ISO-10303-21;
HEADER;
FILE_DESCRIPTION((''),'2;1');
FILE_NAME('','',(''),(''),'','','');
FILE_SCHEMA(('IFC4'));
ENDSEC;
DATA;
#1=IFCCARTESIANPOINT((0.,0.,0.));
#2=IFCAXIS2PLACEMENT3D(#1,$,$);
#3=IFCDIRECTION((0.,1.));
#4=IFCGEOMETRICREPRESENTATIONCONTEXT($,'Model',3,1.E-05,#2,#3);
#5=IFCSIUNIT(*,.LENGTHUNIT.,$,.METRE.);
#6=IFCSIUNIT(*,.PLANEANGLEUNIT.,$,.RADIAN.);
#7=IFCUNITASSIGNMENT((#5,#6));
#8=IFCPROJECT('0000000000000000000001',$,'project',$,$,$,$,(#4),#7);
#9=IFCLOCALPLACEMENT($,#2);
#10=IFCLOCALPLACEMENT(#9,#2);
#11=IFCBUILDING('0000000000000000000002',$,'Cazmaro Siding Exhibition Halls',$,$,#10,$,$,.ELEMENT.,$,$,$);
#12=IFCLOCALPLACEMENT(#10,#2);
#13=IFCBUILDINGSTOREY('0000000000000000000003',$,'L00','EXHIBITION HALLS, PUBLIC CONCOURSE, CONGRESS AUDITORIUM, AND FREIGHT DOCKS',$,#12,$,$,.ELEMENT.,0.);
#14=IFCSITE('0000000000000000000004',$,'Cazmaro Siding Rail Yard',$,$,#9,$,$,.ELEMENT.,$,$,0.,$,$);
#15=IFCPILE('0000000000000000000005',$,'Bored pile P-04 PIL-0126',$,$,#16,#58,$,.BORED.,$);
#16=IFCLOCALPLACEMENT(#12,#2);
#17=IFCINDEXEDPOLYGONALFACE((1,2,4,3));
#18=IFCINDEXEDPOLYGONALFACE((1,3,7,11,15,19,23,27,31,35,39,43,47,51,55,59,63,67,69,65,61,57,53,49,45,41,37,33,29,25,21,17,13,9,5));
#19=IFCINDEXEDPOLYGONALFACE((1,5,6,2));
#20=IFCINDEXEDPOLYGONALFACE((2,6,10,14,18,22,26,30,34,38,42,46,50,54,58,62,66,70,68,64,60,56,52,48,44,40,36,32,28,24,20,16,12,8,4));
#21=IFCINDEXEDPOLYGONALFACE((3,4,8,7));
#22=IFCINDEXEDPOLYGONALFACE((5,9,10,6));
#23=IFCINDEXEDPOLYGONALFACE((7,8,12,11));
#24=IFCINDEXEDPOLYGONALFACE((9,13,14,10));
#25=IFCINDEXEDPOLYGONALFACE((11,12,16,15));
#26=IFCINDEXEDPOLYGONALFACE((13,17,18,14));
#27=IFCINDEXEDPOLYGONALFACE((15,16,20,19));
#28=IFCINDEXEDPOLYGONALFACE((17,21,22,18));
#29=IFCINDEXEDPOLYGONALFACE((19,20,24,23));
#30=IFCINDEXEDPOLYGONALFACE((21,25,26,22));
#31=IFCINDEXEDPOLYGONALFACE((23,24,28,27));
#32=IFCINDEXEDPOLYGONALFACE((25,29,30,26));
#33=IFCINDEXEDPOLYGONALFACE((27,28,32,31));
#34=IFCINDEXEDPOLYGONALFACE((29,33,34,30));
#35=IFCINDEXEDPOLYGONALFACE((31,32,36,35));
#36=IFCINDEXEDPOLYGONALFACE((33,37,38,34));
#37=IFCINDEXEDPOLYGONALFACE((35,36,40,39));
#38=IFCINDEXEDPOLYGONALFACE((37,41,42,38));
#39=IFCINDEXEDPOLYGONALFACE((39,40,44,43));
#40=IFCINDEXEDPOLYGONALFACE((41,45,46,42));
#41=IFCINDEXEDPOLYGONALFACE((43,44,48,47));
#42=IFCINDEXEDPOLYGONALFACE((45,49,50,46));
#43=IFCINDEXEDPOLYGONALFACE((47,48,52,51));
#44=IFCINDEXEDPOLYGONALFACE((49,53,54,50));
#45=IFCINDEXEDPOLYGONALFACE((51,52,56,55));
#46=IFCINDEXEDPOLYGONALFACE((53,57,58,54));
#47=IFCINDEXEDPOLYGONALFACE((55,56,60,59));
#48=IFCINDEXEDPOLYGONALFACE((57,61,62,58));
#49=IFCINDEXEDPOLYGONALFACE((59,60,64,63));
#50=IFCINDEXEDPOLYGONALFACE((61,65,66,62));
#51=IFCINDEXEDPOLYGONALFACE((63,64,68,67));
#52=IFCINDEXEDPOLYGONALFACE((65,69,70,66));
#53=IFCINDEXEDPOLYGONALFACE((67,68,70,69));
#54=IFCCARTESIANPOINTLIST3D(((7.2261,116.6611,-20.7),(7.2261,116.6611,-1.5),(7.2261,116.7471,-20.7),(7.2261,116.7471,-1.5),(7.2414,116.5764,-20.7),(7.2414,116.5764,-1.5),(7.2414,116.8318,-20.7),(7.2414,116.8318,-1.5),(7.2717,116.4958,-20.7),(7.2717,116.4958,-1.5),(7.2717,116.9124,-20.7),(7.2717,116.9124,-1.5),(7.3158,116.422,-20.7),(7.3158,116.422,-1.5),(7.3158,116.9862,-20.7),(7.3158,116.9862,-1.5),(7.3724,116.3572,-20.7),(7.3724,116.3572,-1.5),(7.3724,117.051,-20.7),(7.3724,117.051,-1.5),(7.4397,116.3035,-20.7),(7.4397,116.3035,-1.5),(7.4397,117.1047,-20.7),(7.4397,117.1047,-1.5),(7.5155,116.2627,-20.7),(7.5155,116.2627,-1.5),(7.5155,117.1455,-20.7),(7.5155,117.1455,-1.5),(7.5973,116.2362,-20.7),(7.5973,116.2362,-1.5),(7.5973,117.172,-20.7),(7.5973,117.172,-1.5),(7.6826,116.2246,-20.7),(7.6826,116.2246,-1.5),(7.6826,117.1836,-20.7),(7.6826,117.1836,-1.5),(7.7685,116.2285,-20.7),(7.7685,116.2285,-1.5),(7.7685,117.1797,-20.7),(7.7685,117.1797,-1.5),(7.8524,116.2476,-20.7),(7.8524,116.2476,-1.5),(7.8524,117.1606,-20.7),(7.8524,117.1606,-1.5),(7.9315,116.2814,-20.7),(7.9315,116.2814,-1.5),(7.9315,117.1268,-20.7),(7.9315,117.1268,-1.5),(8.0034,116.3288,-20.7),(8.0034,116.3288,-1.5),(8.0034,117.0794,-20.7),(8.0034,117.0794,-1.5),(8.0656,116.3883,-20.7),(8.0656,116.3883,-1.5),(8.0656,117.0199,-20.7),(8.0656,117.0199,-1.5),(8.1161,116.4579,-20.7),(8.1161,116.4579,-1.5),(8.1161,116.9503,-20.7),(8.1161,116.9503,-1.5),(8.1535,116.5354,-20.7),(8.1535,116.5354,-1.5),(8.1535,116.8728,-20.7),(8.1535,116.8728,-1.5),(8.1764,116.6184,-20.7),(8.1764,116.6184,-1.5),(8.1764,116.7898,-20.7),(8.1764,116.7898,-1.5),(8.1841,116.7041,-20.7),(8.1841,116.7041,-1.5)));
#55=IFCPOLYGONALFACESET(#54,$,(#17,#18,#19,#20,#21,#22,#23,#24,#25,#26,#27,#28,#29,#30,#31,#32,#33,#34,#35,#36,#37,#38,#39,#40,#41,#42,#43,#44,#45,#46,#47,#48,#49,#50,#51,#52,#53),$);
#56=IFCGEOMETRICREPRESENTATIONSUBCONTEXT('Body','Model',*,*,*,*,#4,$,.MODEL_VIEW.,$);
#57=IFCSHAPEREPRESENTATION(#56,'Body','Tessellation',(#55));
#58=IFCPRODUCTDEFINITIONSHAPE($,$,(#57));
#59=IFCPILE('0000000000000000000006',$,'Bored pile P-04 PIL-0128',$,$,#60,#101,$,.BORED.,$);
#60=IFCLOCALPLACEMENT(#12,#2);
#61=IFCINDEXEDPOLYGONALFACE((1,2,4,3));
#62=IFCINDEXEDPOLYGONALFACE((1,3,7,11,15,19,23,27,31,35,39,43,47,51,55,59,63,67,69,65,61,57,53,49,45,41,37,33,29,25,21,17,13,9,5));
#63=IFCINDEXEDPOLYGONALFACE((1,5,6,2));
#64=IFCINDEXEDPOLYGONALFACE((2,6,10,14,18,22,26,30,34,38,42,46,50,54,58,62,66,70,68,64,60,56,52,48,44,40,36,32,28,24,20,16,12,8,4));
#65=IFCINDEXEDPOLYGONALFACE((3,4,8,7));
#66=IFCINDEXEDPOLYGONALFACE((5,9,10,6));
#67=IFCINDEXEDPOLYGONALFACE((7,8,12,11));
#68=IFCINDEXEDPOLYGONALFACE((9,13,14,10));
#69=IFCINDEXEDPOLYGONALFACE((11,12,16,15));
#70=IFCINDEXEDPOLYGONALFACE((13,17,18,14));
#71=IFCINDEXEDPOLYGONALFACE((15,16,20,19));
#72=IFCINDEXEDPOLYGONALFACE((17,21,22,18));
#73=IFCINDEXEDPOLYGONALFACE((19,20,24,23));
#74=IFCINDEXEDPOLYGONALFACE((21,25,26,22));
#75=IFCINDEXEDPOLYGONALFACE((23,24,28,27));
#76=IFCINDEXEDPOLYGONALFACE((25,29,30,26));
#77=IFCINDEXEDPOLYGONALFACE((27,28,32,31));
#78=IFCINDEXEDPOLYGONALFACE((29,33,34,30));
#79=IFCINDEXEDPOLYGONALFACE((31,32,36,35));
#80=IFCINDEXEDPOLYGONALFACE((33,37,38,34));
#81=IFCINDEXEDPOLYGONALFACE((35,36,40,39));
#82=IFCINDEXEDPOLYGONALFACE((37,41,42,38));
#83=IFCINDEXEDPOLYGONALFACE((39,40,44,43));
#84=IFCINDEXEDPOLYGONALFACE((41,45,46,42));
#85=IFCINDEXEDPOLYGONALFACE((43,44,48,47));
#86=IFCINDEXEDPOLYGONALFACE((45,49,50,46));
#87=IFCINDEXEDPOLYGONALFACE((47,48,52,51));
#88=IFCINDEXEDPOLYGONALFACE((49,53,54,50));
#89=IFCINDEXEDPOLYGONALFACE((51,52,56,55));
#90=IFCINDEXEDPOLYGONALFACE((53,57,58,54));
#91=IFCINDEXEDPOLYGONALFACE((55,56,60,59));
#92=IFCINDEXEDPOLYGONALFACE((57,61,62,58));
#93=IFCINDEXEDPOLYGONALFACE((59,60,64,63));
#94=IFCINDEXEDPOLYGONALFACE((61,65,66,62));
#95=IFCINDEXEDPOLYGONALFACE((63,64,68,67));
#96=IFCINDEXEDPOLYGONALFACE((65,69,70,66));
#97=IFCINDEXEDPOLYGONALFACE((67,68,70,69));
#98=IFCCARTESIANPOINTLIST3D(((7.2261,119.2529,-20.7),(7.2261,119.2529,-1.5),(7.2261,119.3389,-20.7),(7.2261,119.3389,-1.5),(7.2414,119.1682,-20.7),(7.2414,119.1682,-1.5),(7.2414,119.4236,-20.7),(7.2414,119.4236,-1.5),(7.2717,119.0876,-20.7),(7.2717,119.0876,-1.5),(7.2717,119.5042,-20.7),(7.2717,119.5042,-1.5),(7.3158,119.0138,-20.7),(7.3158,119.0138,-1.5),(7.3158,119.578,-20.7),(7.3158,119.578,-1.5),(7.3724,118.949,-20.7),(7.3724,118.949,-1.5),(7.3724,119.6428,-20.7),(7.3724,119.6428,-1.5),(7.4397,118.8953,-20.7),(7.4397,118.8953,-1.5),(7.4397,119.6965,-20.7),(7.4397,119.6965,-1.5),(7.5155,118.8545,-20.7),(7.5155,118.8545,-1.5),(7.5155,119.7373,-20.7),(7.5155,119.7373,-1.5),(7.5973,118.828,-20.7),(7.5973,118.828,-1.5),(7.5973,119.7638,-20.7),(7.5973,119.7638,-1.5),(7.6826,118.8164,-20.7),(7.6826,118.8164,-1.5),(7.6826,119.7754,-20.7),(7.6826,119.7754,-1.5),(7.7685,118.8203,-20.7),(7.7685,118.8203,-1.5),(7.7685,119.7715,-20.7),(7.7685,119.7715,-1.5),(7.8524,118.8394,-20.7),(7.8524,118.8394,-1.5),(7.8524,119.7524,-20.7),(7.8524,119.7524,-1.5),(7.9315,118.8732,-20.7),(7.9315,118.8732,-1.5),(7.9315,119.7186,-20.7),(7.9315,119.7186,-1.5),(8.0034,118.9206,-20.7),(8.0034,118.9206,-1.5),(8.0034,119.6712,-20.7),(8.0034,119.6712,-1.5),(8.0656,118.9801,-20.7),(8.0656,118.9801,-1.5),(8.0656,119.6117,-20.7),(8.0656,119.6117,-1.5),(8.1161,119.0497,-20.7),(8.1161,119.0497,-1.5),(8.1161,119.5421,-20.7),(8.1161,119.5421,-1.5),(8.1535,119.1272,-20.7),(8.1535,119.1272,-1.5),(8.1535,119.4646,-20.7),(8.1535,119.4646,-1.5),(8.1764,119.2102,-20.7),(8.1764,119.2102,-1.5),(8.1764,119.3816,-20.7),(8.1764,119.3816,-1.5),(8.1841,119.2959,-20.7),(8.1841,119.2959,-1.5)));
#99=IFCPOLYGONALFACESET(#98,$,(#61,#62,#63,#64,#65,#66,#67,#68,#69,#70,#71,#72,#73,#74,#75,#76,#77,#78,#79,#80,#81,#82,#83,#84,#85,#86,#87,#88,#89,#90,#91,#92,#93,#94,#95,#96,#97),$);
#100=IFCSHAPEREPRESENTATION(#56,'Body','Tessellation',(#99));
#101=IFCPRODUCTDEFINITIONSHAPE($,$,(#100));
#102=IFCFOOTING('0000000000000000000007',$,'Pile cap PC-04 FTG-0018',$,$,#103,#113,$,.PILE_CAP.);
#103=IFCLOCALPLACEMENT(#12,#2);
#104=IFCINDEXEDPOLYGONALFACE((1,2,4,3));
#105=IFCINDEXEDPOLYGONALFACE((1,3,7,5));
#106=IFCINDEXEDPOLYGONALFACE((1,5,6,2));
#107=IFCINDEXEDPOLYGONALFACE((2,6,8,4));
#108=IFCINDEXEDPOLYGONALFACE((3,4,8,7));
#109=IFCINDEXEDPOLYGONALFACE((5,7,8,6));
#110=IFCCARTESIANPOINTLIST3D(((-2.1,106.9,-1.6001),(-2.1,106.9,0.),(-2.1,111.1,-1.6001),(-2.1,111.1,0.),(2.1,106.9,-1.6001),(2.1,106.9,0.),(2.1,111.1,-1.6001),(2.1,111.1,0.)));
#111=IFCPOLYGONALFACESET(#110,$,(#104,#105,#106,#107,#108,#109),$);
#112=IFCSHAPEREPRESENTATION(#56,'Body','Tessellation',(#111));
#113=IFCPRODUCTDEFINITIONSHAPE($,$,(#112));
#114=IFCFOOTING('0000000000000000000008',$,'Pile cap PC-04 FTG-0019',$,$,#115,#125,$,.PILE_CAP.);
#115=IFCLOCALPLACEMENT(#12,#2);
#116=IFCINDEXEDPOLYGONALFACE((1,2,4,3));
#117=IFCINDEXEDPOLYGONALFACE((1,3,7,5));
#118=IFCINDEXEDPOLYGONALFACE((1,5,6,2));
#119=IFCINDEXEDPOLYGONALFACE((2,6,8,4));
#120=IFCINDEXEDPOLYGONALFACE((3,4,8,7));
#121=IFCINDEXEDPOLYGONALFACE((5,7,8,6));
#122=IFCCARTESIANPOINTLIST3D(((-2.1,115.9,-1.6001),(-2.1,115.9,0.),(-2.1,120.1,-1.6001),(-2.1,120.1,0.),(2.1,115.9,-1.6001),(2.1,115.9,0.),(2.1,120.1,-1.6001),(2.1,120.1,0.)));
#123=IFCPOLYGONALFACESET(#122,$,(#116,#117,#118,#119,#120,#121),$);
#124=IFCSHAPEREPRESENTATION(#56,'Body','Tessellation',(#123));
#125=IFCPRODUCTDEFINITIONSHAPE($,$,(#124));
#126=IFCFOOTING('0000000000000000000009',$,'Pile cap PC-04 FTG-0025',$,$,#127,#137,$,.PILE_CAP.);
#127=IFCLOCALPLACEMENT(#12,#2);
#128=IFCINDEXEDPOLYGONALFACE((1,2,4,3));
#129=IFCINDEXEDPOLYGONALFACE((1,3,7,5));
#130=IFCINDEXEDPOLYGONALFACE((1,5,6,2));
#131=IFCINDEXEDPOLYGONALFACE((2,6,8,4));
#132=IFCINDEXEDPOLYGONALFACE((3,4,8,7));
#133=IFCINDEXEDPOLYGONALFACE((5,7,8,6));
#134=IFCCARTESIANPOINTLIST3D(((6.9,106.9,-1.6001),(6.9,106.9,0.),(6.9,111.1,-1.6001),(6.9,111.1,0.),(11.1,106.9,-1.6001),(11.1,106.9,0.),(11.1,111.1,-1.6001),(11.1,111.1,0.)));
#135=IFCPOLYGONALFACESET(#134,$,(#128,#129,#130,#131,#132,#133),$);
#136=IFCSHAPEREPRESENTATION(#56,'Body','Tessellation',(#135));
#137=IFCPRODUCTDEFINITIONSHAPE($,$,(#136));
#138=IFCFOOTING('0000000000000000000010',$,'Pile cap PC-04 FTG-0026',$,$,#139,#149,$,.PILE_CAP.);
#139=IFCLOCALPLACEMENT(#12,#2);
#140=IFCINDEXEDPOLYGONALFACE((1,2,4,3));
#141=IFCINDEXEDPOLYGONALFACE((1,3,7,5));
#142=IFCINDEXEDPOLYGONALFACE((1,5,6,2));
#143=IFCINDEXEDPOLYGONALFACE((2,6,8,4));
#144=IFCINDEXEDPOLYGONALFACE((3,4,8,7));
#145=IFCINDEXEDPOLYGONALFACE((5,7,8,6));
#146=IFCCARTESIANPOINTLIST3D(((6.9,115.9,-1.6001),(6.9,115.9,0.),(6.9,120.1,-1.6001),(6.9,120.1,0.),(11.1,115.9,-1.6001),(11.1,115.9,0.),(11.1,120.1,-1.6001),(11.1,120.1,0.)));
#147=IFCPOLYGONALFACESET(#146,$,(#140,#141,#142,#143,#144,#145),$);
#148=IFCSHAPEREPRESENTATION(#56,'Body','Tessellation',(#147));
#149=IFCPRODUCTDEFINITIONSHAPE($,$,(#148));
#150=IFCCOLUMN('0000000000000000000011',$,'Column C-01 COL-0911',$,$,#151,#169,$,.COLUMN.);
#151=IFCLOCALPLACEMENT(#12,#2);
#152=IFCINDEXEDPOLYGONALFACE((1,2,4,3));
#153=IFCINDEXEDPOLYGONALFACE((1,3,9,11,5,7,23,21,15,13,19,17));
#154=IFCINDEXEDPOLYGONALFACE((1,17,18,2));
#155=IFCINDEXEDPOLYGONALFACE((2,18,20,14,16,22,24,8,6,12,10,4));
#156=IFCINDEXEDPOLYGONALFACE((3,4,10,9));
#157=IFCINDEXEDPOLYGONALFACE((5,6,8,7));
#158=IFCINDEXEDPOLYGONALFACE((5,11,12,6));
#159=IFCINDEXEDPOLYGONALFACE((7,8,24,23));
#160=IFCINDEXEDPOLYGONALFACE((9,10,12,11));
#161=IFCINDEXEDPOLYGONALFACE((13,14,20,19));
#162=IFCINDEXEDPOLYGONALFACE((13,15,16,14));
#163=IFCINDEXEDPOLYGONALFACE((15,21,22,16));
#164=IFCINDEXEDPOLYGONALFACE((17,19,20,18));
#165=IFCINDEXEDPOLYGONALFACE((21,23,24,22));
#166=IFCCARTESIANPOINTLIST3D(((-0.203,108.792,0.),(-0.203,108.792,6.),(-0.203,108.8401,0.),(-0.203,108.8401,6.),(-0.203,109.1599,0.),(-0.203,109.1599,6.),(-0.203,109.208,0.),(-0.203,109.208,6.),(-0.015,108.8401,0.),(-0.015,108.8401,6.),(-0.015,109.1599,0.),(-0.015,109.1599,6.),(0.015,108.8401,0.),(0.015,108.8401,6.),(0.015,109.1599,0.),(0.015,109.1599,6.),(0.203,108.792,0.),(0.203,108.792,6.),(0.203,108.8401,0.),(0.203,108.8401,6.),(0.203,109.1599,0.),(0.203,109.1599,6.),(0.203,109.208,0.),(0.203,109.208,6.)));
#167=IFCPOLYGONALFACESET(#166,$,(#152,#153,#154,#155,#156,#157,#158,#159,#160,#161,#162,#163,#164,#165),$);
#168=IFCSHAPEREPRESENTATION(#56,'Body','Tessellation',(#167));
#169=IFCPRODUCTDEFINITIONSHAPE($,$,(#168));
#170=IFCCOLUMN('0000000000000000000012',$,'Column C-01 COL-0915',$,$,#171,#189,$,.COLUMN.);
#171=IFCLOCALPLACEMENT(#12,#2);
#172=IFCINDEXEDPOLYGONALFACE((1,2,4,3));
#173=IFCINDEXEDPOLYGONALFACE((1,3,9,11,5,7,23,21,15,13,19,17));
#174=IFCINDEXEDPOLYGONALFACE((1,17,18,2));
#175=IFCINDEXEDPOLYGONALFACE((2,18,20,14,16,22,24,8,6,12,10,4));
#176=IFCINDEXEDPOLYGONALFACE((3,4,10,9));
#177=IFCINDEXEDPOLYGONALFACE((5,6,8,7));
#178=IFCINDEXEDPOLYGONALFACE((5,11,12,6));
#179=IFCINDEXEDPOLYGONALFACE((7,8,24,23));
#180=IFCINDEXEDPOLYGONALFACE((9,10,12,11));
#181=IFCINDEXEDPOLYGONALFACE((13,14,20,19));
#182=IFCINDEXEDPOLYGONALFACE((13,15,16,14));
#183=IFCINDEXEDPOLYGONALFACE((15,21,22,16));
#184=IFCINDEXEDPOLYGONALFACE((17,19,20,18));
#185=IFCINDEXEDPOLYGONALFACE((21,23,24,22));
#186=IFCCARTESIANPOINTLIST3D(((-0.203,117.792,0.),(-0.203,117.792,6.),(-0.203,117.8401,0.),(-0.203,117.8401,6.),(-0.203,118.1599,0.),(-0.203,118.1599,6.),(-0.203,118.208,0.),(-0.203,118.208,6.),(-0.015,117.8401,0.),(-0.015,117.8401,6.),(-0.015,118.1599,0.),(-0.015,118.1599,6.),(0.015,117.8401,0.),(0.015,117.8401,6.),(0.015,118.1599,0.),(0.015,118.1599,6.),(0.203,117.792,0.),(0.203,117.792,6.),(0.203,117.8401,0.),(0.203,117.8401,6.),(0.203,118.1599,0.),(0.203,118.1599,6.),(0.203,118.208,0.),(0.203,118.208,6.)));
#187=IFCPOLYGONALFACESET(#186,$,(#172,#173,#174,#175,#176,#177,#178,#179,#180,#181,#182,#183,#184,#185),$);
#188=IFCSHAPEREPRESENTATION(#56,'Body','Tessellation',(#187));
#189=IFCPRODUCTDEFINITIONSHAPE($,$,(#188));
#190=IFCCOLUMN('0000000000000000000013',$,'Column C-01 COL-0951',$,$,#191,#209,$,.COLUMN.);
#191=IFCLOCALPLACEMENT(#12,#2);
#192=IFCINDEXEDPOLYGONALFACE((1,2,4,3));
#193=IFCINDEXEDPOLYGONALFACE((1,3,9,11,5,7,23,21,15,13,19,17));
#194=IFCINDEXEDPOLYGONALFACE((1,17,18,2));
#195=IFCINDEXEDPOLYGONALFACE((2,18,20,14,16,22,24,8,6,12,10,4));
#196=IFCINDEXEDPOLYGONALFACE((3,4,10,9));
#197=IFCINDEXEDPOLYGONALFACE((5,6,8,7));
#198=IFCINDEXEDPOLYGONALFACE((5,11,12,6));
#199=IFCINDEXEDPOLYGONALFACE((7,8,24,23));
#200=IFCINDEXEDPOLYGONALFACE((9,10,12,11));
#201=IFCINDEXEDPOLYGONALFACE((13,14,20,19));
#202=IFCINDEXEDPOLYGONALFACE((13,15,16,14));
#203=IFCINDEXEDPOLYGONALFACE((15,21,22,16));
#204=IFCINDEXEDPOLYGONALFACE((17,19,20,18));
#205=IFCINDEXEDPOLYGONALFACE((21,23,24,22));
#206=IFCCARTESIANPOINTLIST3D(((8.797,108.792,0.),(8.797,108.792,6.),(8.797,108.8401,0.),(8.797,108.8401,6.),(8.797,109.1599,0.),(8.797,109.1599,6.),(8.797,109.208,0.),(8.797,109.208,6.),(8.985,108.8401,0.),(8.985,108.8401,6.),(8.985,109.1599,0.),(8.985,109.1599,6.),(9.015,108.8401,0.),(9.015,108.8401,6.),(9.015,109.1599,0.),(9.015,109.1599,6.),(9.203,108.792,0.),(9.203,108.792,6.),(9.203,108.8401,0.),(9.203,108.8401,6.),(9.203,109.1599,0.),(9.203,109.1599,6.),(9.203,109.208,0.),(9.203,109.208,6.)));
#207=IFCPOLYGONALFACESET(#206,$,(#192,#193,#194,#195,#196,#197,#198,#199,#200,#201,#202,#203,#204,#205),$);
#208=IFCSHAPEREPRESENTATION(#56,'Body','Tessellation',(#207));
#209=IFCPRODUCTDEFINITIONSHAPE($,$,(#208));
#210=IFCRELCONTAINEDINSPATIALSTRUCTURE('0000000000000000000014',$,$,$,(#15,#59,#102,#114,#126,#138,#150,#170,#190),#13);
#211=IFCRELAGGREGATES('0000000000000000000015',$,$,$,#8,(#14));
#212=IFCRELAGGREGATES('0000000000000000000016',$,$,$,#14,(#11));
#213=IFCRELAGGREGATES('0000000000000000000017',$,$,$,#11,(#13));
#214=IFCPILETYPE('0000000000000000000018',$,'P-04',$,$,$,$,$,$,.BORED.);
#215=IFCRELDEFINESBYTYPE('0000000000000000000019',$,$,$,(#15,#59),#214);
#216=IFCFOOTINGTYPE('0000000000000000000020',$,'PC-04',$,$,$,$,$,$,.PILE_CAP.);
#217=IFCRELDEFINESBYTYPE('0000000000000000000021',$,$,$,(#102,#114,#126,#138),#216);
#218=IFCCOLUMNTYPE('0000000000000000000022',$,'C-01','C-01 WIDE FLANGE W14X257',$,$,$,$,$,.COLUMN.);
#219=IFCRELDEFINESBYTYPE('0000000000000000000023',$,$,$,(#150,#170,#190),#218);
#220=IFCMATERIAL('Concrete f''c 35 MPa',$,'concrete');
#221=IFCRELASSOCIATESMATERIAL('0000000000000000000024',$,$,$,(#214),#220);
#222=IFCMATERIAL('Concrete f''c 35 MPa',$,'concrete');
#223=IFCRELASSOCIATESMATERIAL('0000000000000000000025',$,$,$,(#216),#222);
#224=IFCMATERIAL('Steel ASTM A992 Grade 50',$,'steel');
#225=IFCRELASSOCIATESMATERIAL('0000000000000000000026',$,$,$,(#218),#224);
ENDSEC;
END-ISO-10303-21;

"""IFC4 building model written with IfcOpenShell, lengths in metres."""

from ifc_helpers import new_model, si_unit, direction, frame, origin, origin_2d, place, context, subcontext, project, spatial, rectangle, circle, i_section, extrude, material, material_profile, profile_set, type_object, element, save


model = new_model("IFC4")

# Units and contexts
model_context = context("Model", 3, precision=1e-05, world=origin(), true_north=direction((0.0, 1.0)))
body_context = subcontext(model_context, "Body", "Model", "MODEL_VIEW")
ifc_project = project(units=[si_unit("LENGTHUNIT", "METRE"), si_unit("PLANEANGLEUNIT", "RADIAN")], contexts=[model_context])

# Site, building, storey
site_placement = place(None, origin())
site = spatial("IfcSite", under=ifc_project, at=site_placement, Name="Cazmaro Siding Rail Yard", CompositionType="ELEMENT", RefElevation=0.0)
building_placement = place(site_placement, origin())
building = spatial("IfcBuilding", under=site, at=building_placement, Name="Cazmaro Siding Exhibition Halls", CompositionType="ELEMENT")
storey_placement = place(building_placement, origin())
storey = spatial("IfcBuildingStorey", under=building, at=storey_placement, Name="L00", Description="EXHIBITION HALLS, PUBLIC CONCOURSE, CONGRESS AUDITORIUM, AND FREIGHT DOCKS", CompositionType="ELEMENT", Elevation=0.0)

# Piles
ifc_material_1 = material(Name="Concrete f'c 35 MPa", Category="concrete")
ifc_material_profile_1 = material_profile(ifc_material_1, circle(Radius=0.48, at=origin_2d()), Name="CIDH-960")
ifc_profile_set_1 = profile_set([ifc_material_profile_1], Name="Concrete f'c 35 MPa")
pile_type = type_object("IfcPileType", Name="P-04", PredefinedType="BORED", material=ifc_profile_set_1)
for number, where, z_axis, x_axis, name in (
    (1, (7.7041, 116.7041, -1.5), (0.0, 0.0, -1.0), (1.0, 0.0, 0.0), "Bored pile P-04 PIL-0126"),
    (2, (7.7041, 119.2959, -1.5), (0.0, 0.0, -1.0), (1.0, 0.0, 0.0), "Bored pile P-04 PIL-0128"),
):
    element("IfcPile", number, at=place(storey_placement, frame(where, z_axis=z_axis, x_axis=x_axis)), inside=storey, type_object=pile_type, Name=name, PredefinedType="BORED", context=body_context, shape_type="SweptSolid", body=[
        extrude(circle(Radius=0.48, at=origin_2d()), origin(), (0.0, 0.0, 1.0), 19.2),
    ])

# Footings
ifc_material_2 = material(Name="Concrete f'c 35 MPa", Category="concrete")
footing_type = type_object("IfcFootingType", Name="PC-04", PredefinedType="PILE_CAP", material=ifc_material_2)
for number, where, z_axis, x_axis, name in (
    (3, (0.0, 109.0, -1.6001), (0.0, 0.0, 1.0), (1.0, 0.0, 0.0), "Pile cap PC-04 FTG-0018"),
    (4, (0.0, 118.0, -1.6001), (0.0, 0.0, 1.0), (1.0, 0.0, 0.0), "Pile cap PC-04 FTG-0019"),
    (5, (9.0, 109.0, -1.6001), (0.0, 0.0, 1.0), (1.0, 0.0, 0.0), "Pile cap PC-04 FTG-0025"),
    (6, (9.0, 118.0, -1.6001), (0.0, 0.0, 1.0), (1.0, 0.0, 0.0), "Pile cap PC-04 FTG-0026"),
):
    element("IfcFooting", number, at=place(storey_placement, frame(where, z_axis=z_axis, x_axis=x_axis)), inside=storey, type_object=footing_type, Name=name, PredefinedType="PILE_CAP", context=body_context, shape_type="SweptSolid", body=[
        extrude(rectangle(XDim=4.2, YDim=4.2, at=origin_2d()), origin(), (0.0, 0.0, 1.0), 1.6001),
    ])

# Columns
ifc_material_3 = material(Name="Steel ASTM A992 Grade 50", Category="steel")
ifc_material_profile_2 = material_profile(ifc_material_3, i_section(OverallWidth=0.406, OverallDepth=0.416, WebThickness=0.03, FlangeThickness=0.0481, at=origin_2d()), Name="W14X257")
ifc_profile_set_2 = profile_set([ifc_material_profile_2], Name="Steel ASTM A992 Grade 50")
column_type = type_object("IfcColumnType", Name="C-01", Description="C-01 WIDE FLANGE W14X257", PredefinedType="COLUMN", material=ifc_profile_set_2)
for number, where, z_axis, x_axis, name in (
    (7, (0.0, 109.0, 0.0), (0.0, 0.0, 1.0), (1.0, 0.0, 0.0), "Column C-01 COL-0911"),
    (8, (0.0, 118.0, 0.0), (0.0, 0.0, 1.0), (1.0, 0.0, 0.0), "Column C-01 COL-0915"),
    (9, (9.0, 109.0, 0.0), (0.0, 0.0, 1.0), (1.0, 0.0, 0.0), "Column C-01 COL-0951"),
):
    element("IfcColumn", number, at=place(storey_placement, frame(where, z_axis=z_axis, x_axis=x_axis)), inside=storey, type_object=column_type, Name=name, PredefinedType="COLUMN", context=body_context, shape_type="SweptSolid", body=[
        extrude(i_section(OverallWidth=0.406, OverallDepth=0.416, WebThickness=0.03, FlangeThickness=0.0481, at=origin_2d()), origin(), (0.0, 0.0, 1.0), 6.0),
    ])

save(model, "model.ifc")
